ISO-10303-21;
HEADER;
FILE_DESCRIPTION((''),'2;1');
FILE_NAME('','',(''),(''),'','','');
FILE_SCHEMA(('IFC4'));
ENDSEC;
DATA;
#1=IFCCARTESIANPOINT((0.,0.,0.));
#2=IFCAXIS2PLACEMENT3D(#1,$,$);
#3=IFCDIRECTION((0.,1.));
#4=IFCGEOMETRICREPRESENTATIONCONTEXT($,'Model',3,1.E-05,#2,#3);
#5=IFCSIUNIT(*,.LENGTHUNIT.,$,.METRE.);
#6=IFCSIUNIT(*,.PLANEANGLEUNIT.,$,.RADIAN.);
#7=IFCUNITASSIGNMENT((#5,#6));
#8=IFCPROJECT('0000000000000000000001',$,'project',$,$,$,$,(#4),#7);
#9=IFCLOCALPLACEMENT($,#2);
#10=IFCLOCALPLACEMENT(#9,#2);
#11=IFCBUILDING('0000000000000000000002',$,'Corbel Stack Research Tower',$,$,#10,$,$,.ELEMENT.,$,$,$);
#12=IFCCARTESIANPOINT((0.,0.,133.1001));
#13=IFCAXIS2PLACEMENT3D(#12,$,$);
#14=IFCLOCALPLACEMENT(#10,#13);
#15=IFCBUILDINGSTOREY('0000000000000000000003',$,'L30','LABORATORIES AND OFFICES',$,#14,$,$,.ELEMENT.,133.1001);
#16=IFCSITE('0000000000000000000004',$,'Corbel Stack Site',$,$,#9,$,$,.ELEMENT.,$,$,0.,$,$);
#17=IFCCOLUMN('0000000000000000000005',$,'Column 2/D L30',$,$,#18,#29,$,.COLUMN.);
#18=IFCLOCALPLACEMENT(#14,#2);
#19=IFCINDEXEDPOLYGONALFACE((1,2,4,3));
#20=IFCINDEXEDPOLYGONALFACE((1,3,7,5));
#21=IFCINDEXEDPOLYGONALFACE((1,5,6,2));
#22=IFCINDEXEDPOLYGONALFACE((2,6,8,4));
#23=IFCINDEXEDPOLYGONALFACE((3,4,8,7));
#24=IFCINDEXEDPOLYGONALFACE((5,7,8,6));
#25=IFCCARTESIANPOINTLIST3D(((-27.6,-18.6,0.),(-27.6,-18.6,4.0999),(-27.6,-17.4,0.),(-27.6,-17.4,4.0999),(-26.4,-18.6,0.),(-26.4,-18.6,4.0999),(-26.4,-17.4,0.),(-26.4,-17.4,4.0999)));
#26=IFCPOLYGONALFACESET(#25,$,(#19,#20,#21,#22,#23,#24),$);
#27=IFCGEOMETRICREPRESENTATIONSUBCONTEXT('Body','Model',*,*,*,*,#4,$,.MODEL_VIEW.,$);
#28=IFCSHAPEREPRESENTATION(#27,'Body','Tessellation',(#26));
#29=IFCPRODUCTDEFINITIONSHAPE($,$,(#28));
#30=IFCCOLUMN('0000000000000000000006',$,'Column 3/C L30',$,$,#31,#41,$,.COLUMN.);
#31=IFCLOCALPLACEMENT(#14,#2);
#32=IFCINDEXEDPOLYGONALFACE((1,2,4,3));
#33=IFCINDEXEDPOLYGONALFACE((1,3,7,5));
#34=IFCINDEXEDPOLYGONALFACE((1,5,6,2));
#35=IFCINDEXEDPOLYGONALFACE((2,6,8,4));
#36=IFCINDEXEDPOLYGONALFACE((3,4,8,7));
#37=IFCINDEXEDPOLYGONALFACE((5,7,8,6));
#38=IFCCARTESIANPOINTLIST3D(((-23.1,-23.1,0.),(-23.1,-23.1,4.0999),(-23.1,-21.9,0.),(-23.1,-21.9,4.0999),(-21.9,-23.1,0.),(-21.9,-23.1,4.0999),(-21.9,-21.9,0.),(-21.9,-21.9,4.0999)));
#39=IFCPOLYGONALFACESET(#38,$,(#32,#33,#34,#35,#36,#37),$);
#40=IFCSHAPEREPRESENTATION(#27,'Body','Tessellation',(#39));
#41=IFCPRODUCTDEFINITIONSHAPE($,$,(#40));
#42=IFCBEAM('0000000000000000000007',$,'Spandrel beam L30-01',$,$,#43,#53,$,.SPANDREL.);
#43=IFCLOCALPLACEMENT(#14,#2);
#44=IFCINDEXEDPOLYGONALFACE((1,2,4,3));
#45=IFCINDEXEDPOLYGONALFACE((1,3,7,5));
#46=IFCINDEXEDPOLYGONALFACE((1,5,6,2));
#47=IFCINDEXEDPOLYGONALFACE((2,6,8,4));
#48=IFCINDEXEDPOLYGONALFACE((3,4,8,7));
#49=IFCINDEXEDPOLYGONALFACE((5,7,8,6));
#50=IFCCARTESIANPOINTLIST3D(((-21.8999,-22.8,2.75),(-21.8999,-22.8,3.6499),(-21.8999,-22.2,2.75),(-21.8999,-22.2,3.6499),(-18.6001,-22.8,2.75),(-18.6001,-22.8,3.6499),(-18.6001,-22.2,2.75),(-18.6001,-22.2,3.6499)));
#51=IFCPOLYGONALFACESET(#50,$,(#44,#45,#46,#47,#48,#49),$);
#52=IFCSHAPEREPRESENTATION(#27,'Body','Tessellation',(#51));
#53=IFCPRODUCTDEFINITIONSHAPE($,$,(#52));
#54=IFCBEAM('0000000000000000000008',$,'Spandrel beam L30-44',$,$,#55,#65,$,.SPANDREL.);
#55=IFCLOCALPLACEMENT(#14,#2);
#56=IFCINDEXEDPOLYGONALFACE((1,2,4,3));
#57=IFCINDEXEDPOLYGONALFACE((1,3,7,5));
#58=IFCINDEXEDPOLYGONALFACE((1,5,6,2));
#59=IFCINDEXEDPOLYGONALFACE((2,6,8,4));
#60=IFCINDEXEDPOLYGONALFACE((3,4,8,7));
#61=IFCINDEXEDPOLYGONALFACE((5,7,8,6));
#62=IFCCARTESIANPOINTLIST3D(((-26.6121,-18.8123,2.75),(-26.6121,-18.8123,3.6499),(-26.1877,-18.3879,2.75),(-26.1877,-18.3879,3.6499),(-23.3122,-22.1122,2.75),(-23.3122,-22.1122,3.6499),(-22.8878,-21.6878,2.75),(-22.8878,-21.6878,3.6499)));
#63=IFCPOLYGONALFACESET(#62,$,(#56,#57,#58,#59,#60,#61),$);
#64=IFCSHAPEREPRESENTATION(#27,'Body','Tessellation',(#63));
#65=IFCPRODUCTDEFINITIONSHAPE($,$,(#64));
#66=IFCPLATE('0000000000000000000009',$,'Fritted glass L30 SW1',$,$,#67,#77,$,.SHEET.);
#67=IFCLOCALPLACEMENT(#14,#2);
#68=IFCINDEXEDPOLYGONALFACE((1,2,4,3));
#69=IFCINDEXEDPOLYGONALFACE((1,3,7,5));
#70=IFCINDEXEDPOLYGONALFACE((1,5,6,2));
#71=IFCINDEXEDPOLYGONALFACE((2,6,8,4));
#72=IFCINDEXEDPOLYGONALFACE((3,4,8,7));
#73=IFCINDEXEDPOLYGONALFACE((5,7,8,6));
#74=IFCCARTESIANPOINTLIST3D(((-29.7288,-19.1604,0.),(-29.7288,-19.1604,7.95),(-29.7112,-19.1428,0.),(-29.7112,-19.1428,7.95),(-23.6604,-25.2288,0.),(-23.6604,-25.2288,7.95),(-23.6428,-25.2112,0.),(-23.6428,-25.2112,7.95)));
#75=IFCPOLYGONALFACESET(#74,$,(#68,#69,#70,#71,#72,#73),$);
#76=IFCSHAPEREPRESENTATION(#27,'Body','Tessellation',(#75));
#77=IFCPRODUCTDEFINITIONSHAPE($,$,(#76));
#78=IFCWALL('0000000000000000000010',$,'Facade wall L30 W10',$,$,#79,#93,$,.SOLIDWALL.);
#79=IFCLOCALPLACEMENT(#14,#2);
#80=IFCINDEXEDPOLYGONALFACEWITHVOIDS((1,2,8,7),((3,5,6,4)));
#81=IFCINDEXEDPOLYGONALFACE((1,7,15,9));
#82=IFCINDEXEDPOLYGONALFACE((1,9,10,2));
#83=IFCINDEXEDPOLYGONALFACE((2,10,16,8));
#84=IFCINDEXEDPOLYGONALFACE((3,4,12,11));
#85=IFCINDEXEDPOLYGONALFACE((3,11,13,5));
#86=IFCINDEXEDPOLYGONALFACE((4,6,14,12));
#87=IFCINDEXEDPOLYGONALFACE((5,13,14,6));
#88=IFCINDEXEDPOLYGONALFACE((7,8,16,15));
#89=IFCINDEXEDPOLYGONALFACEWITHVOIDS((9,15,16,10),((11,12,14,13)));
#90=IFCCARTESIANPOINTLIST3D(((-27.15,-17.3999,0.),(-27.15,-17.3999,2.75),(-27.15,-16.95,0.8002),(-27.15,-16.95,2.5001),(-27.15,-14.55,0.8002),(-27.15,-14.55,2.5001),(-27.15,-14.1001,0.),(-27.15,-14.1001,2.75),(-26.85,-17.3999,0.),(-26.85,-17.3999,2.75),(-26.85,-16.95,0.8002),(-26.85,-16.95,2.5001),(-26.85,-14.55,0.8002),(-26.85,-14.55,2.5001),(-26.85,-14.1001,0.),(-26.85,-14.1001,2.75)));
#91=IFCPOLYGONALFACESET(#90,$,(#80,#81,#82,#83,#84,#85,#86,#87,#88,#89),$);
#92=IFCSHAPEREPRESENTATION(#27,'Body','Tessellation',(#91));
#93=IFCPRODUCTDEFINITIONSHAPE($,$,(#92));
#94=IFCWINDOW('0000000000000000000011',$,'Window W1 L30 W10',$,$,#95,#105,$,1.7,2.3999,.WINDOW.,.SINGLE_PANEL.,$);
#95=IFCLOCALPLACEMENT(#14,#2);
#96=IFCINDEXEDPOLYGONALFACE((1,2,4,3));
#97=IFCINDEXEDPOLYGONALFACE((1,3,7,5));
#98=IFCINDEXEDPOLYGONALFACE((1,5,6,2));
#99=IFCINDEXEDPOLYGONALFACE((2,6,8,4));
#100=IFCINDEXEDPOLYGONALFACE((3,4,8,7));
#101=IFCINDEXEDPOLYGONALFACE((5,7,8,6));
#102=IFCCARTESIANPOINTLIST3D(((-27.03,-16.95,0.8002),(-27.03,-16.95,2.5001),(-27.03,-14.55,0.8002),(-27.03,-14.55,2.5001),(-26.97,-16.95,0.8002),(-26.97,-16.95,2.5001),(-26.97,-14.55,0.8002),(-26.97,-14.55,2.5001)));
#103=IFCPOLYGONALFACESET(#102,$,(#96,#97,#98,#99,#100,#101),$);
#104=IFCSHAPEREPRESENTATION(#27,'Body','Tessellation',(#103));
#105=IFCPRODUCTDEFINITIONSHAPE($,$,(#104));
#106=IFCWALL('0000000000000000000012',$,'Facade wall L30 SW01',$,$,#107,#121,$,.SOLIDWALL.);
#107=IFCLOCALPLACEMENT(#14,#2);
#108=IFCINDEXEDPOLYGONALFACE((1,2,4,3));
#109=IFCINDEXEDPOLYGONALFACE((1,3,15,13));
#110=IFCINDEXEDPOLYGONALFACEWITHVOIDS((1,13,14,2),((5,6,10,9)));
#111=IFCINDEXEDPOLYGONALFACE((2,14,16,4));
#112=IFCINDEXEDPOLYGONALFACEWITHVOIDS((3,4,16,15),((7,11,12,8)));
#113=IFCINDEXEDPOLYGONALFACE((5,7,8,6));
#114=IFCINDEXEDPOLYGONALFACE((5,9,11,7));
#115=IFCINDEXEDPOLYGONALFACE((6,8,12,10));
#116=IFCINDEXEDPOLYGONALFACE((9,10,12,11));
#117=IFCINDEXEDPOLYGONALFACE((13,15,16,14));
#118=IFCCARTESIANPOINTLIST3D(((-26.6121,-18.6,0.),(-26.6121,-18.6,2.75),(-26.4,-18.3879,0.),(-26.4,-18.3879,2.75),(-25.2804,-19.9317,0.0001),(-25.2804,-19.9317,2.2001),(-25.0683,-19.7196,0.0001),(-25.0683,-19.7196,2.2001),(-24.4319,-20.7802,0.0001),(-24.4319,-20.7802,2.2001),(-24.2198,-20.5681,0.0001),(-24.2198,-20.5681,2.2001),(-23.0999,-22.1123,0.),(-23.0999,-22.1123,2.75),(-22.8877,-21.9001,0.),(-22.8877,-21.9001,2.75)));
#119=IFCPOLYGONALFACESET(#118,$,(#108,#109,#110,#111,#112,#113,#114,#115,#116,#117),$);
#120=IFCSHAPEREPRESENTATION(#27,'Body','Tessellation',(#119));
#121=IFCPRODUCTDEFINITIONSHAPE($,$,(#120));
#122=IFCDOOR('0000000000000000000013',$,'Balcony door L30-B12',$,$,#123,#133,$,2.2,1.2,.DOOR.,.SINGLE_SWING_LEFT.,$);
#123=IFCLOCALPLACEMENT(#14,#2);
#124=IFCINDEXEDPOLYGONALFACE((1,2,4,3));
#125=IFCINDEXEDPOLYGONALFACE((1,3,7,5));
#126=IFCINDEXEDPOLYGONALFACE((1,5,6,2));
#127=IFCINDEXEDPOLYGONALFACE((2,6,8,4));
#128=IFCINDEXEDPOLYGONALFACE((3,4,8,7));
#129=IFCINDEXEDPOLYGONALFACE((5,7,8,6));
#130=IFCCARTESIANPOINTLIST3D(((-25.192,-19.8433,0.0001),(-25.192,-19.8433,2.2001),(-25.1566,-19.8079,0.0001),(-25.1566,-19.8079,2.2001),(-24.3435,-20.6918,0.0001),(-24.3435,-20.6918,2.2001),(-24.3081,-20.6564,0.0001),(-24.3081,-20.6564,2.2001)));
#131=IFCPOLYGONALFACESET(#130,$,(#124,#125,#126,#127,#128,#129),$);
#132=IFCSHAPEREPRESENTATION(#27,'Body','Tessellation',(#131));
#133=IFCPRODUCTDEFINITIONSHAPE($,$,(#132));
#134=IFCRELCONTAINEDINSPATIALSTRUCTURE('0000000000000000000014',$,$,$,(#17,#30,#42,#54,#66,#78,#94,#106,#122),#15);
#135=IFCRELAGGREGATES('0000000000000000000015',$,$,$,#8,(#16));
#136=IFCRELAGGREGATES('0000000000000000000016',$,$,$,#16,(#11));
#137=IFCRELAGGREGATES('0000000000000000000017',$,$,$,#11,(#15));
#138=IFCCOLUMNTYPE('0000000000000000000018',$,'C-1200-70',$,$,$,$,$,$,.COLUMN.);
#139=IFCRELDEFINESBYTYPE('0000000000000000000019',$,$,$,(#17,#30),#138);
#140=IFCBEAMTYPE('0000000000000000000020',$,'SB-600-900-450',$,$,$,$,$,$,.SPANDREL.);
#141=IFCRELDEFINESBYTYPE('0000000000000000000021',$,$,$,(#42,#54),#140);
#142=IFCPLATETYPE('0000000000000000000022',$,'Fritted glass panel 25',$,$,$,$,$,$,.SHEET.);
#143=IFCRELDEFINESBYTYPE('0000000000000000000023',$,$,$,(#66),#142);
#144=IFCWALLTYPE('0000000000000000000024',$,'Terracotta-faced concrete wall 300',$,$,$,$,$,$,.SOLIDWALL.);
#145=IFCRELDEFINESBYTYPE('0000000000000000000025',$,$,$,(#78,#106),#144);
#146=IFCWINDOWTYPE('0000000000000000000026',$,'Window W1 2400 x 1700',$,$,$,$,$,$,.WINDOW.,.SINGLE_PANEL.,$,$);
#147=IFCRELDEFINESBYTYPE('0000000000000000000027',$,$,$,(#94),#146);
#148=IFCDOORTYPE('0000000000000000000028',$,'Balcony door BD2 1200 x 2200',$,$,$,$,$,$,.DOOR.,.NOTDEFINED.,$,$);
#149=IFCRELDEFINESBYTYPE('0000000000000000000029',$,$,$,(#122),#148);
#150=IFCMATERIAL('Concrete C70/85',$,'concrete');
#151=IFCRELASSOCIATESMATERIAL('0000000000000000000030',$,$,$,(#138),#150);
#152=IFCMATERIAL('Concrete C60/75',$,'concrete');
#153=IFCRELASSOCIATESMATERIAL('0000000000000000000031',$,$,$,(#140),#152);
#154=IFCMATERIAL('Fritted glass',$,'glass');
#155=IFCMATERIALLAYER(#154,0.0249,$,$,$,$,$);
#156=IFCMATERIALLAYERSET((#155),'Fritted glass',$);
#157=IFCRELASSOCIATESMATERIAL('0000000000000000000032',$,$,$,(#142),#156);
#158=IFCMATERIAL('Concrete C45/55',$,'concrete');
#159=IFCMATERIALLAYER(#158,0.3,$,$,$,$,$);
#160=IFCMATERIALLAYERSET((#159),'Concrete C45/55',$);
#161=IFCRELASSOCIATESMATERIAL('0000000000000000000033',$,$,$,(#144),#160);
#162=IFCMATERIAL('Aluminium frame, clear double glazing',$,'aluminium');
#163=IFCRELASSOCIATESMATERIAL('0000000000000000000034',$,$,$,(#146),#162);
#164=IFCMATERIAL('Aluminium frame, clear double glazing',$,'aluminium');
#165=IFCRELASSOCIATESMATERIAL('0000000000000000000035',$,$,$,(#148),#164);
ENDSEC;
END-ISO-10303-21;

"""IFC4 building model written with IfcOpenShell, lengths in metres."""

from ifc_helpers import new_model, si_unit, direction, frame, frame_2d, origin, origin_2d, place, context, subcontext, project, spatial, rectangle, extrude, material, layer, layer_set, material_profile, profile_set, type_object, element, fill, save


model = new_model("IFC4")

# Units and contexts
model_context = context("Model", 3, precision=1e-05, world=origin(), true_north=direction((0.0, 1.0)))
body_context = subcontext(model_context, "Body", "Model", "MODEL_VIEW")
ifc_project = project(units=[si_unit("LENGTHUNIT", "METRE"), si_unit("PLANEANGLEUNIT", "RADIAN")], contexts=[model_context])

# Site, building, storey
site_placement = place(None, origin())
site = spatial("IfcSite", under=ifc_project, at=site_placement, Name="Corbel Stack Site", CompositionType="ELEMENT", RefElevation=0.0)
building_placement = place(site_placement, origin())
building = spatial("IfcBuilding", under=site, at=building_placement, Name="Corbel Stack Research Tower", CompositionType="ELEMENT")
storey_placement = place(building_placement, frame((0.0, 0.0, 133.1001)))
storey = spatial("IfcBuildingStorey", under=building, at=storey_placement, Name="L30", Description="LABORATORIES AND OFFICES", CompositionType="ELEMENT", Elevation=133.1001)

# Columns
ifc_material_1 = material(Name="Concrete C70/85", Category="concrete")
ifc_material_profile_1 = material_profile(ifc_material_1, rectangle(XDim=1.2, YDim=1.2, at=origin_2d()), Name="RC 1200 x 1200")
ifc_profile_set_1 = profile_set([ifc_material_profile_1], Name="Concrete C70/85")
column_type = type_object("IfcColumnType", Name="C-1200-70", PredefinedType="COLUMN", material=ifc_profile_set_1)
for number, where, z_axis, x_axis, name in (
    (1, (-27.0, -18.0, 0.0), (0.0, 0.0, 1.0), (1.0, 0.0, 0.0), "Column 2/D L30"),
    (2, (-22.5, -22.5, 0.0), (0.0, 0.0, 1.0), (1.0, 0.0, 0.0), "Column 3/C L30"),
):
    element("IfcColumn", number, at=place(storey_placement, frame(where, z_axis=z_axis, x_axis=x_axis)), inside=storey, type_object=column_type, Name=name, PredefinedType="COLUMN", context=body_context, shape_type="SweptSolid", body=[
        extrude(rectangle(XDim=1.2, YDim=1.2, at=origin_2d()), origin(), (0.0, 0.0, 1.0), 4.0999),
    ])

# Beams
ifc_material_2 = material(Name="Concrete C60/75", Category="concrete")
ifc_material_profile_2 = material_profile(ifc_material_2, rectangle(XDim=0.6001, YDim=0.8999, at=origin_2d()), Name="RC 600 x 900")
ifc_profile_set_2 = profile_set([ifc_material_profile_2], Name="Concrete C60/75")
beam_type = type_object("IfcBeamType", Name="SB-600-900-450", PredefinedType="SPANDREL", material=ifc_profile_set_2)
beam_1_placement = place(storey_placement, frame((-21.8999, -22.5, 3.2), z_axis=(1.0, 0.0, 0.0), x_axis=(0.0, 1.0, 0.0)))
element("IfcBeam", 3, at=beam_1_placement, inside=storey, type_object=beam_type, Name="Spandrel beam L30-01", PredefinedType="SPANDREL", context=body_context, shape_type="SweptSolid", body=[
    extrude(rectangle(XDim=0.6001, YDim=0.8999, at=origin_2d()), origin(), (0.0, 0.0, 1.0), 3.2998),
])
beam_2_placement = place(storey_placement, frame((-26.3999, -18.6001, 3.2), z_axis=(0.707107, -0.707107, 0.0), x_axis=(0.707107, 0.707107, 0.0)))
element("IfcBeam", 4, at=beam_2_placement, inside=storey, type_object=beam_type, Name="Spandrel beam L30-44", PredefinedType="SPANDREL", context=body_context, shape_type="SweptSolid", body=[
    extrude(rectangle(XDim=0.6001, YDim=0.8999, at=origin_2d()), origin(), (0.0, 0.0, 1.0), 4.6667),
])

# Plate
ifc_material_3 = material(Name="Fritted glass", Category="glass")
ifc_layer_1 = layer(ifc_material_3, 0.0249)
ifc_layer_set_1 = layer_set([ifc_layer_1], Name="Fritted glass")
plate_type = type_object("IfcPlateType", Name="Fritted glass panel 25", PredefinedType="SHEET", material=ifc_layer_set_1)
plate_placement = place(storey_placement, frame((-26.6858, -22.1858, 0.0), z_axis=(0.0, 0.0, 1.0), x_axis=(0.707107, -0.707107, 0.0)))
element("IfcPlate", 5, at=plate_placement, inside=storey, type_object=plate_type, Name="Fritted glass L30 SW1", PredefinedType="SHEET", context=body_context, shape_type="SweptSolid", body=[
    extrude(rectangle(XDim=8.582, YDim=0.0249, at=origin_2d()), origin(), (0.0, 0.0, 1.0), 7.95),
])

# Wall, opening, window
ifc_material_4 = material(Name="Concrete C45/55", Category="concrete")
ifc_layer_2 = layer(ifc_material_4, 0.3)
ifc_layer_set_2 = layer_set([ifc_layer_2], Name="Concrete C45/55")
wall_type = type_object("IfcWallType", Name="Terracotta-faced concrete wall 300", PredefinedType="SOLIDWALL", material=ifc_layer_set_2)
wall_1_placement = place(storey_placement, frame((-27.0, -17.3999, 0.0), z_axis=(0.0, 0.0, 1.0), x_axis=(0.0, 1.0, 0.0)))
wall_1 = element("IfcWall", 6, at=wall_1_placement, inside=storey, type_object=wall_type, Name="Facade wall L30 W10", PredefinedType="SOLIDWALL", context=body_context, shape_type="SweptSolid", body=[
    extrude(rectangle(XDim=3.2998, YDim=0.3, at=frame_2d((1.6499, 0.0))), origin(), (0.0, 0.0, 1.0), 2.75),
])
opening_1_placement = place(wall_1_placement, frame((0.45, 0.0, 0.8)))
opening_1 = element("IfcOpeningElement", 7, at=opening_1_placement, cuts=wall_1, PredefinedType="OPENING", context=body_context, shape_type="SweptSolid", body=[
    extrude(rectangle(XDim=2.3999, YDim=1.7, at=frame_2d((1.2, 0.8501))), frame((0.0, 0.1599, 0.0), z_axis=(0.0, -1.0, 0.0), x_axis=(1.0, 0.0, 0.0)), (0.0, 0.0, 1.0), 0.3201),
])
ifc_material_5 = material(Name="Aluminium frame, clear double glazing", Category="aluminium")
window_type = type_object("IfcWindowType", Name="Window W1 2400 x 1700", PartitioningType="SINGLE_PANEL", PredefinedType="WINDOW", material=ifc_material_5)
window_placement = place(opening_1_placement, origin())
window = element("IfcWindow", 8, at=window_placement, inside=storey, type_object=window_type, Name="Window W1 L30 W10", OverallHeight=1.7, OverallWidth=2.3999, PartitioningType="SINGLE_PANEL", PredefinedType="WINDOW", context=body_context, shape_type="SweptSolid", body=[
    extrude(rectangle(XDim=2.3999, YDim=1.7, at=frame_2d((1.2, 0.8501))), frame((0.0, 0.03, 0.0), z_axis=(0.0, -1.0, 0.0), x_axis=(1.0, 0.0, 0.0)), (0.0, 0.0, 1.0), 0.0601),
])
fill(opening_1, window)

# Wall, opening, door
wall_2_placement = place(storey_placement, frame((-22.9939, -22.0061, 0.0), z_axis=(0.0, 0.0, 1.0), x_axis=(-0.707107, 0.707107, 0.0)))
wall_2 = element("IfcWall", 9, at=wall_2_placement, inside=storey, type_object=wall_type, Name="Facade wall L30 SW01", PredefinedType="SOLIDWALL", context=body_context, shape_type="SweptSolid", body=[
    extrude(rectangle(XDim=4.967, YDim=0.3, at=frame_2d((2.4834, 0.0))), origin(), (0.0, 0.0, 1.0), 2.75),
])
opening_2_placement = place(wall_2_placement, frame((1.8835, 0.0, 0.0)))
opening_2 = element("IfcOpeningElement", 10, at=opening_2_placement, cuts=wall_2, PredefinedType="OPENING", context=body_context, shape_type="SweptSolid", body=[
    extrude(rectangle(XDim=1.2, YDim=2.2, at=frame_2d((0.6001, 1.1001))), frame((0.0, 0.1599, 0.0), z_axis=(0.0, -1.0, 0.0), x_axis=(1.0, 0.0, 0.0)), (0.0, 0.0, 1.0), 0.3201),
])
ifc_material_6 = material(Name="Aluminium frame, clear double glazing", Category="aluminium")
door_type = type_object("IfcDoorType", Name="Balcony door BD2 1200 x 2200", OperationType="NOTDEFINED", PredefinedType="DOOR", material=ifc_material_6)
door_placement = place(opening_2_placement, origin())
door = element("IfcDoor", 11, at=door_placement, inside=storey, type_object=door_type, Name="Balcony door L30-B12", OperationType="SINGLE_SWING_LEFT", OverallHeight=2.2, OverallWidth=1.2, PredefinedType="DOOR", context=body_context, shape_type="SweptSolid", body=[
    extrude(rectangle(XDim=1.2, YDim=2.2, at=frame_2d((0.6001, 1.1001))), frame((0.0, 0.0249, 0.0), z_axis=(0.0, -1.0, 0.0), x_axis=(1.0, 0.0, 0.0)), (0.0, 0.0, 1.0), 0.05),
])
fill(opening_2, door)

save(model, "model.ifc")
